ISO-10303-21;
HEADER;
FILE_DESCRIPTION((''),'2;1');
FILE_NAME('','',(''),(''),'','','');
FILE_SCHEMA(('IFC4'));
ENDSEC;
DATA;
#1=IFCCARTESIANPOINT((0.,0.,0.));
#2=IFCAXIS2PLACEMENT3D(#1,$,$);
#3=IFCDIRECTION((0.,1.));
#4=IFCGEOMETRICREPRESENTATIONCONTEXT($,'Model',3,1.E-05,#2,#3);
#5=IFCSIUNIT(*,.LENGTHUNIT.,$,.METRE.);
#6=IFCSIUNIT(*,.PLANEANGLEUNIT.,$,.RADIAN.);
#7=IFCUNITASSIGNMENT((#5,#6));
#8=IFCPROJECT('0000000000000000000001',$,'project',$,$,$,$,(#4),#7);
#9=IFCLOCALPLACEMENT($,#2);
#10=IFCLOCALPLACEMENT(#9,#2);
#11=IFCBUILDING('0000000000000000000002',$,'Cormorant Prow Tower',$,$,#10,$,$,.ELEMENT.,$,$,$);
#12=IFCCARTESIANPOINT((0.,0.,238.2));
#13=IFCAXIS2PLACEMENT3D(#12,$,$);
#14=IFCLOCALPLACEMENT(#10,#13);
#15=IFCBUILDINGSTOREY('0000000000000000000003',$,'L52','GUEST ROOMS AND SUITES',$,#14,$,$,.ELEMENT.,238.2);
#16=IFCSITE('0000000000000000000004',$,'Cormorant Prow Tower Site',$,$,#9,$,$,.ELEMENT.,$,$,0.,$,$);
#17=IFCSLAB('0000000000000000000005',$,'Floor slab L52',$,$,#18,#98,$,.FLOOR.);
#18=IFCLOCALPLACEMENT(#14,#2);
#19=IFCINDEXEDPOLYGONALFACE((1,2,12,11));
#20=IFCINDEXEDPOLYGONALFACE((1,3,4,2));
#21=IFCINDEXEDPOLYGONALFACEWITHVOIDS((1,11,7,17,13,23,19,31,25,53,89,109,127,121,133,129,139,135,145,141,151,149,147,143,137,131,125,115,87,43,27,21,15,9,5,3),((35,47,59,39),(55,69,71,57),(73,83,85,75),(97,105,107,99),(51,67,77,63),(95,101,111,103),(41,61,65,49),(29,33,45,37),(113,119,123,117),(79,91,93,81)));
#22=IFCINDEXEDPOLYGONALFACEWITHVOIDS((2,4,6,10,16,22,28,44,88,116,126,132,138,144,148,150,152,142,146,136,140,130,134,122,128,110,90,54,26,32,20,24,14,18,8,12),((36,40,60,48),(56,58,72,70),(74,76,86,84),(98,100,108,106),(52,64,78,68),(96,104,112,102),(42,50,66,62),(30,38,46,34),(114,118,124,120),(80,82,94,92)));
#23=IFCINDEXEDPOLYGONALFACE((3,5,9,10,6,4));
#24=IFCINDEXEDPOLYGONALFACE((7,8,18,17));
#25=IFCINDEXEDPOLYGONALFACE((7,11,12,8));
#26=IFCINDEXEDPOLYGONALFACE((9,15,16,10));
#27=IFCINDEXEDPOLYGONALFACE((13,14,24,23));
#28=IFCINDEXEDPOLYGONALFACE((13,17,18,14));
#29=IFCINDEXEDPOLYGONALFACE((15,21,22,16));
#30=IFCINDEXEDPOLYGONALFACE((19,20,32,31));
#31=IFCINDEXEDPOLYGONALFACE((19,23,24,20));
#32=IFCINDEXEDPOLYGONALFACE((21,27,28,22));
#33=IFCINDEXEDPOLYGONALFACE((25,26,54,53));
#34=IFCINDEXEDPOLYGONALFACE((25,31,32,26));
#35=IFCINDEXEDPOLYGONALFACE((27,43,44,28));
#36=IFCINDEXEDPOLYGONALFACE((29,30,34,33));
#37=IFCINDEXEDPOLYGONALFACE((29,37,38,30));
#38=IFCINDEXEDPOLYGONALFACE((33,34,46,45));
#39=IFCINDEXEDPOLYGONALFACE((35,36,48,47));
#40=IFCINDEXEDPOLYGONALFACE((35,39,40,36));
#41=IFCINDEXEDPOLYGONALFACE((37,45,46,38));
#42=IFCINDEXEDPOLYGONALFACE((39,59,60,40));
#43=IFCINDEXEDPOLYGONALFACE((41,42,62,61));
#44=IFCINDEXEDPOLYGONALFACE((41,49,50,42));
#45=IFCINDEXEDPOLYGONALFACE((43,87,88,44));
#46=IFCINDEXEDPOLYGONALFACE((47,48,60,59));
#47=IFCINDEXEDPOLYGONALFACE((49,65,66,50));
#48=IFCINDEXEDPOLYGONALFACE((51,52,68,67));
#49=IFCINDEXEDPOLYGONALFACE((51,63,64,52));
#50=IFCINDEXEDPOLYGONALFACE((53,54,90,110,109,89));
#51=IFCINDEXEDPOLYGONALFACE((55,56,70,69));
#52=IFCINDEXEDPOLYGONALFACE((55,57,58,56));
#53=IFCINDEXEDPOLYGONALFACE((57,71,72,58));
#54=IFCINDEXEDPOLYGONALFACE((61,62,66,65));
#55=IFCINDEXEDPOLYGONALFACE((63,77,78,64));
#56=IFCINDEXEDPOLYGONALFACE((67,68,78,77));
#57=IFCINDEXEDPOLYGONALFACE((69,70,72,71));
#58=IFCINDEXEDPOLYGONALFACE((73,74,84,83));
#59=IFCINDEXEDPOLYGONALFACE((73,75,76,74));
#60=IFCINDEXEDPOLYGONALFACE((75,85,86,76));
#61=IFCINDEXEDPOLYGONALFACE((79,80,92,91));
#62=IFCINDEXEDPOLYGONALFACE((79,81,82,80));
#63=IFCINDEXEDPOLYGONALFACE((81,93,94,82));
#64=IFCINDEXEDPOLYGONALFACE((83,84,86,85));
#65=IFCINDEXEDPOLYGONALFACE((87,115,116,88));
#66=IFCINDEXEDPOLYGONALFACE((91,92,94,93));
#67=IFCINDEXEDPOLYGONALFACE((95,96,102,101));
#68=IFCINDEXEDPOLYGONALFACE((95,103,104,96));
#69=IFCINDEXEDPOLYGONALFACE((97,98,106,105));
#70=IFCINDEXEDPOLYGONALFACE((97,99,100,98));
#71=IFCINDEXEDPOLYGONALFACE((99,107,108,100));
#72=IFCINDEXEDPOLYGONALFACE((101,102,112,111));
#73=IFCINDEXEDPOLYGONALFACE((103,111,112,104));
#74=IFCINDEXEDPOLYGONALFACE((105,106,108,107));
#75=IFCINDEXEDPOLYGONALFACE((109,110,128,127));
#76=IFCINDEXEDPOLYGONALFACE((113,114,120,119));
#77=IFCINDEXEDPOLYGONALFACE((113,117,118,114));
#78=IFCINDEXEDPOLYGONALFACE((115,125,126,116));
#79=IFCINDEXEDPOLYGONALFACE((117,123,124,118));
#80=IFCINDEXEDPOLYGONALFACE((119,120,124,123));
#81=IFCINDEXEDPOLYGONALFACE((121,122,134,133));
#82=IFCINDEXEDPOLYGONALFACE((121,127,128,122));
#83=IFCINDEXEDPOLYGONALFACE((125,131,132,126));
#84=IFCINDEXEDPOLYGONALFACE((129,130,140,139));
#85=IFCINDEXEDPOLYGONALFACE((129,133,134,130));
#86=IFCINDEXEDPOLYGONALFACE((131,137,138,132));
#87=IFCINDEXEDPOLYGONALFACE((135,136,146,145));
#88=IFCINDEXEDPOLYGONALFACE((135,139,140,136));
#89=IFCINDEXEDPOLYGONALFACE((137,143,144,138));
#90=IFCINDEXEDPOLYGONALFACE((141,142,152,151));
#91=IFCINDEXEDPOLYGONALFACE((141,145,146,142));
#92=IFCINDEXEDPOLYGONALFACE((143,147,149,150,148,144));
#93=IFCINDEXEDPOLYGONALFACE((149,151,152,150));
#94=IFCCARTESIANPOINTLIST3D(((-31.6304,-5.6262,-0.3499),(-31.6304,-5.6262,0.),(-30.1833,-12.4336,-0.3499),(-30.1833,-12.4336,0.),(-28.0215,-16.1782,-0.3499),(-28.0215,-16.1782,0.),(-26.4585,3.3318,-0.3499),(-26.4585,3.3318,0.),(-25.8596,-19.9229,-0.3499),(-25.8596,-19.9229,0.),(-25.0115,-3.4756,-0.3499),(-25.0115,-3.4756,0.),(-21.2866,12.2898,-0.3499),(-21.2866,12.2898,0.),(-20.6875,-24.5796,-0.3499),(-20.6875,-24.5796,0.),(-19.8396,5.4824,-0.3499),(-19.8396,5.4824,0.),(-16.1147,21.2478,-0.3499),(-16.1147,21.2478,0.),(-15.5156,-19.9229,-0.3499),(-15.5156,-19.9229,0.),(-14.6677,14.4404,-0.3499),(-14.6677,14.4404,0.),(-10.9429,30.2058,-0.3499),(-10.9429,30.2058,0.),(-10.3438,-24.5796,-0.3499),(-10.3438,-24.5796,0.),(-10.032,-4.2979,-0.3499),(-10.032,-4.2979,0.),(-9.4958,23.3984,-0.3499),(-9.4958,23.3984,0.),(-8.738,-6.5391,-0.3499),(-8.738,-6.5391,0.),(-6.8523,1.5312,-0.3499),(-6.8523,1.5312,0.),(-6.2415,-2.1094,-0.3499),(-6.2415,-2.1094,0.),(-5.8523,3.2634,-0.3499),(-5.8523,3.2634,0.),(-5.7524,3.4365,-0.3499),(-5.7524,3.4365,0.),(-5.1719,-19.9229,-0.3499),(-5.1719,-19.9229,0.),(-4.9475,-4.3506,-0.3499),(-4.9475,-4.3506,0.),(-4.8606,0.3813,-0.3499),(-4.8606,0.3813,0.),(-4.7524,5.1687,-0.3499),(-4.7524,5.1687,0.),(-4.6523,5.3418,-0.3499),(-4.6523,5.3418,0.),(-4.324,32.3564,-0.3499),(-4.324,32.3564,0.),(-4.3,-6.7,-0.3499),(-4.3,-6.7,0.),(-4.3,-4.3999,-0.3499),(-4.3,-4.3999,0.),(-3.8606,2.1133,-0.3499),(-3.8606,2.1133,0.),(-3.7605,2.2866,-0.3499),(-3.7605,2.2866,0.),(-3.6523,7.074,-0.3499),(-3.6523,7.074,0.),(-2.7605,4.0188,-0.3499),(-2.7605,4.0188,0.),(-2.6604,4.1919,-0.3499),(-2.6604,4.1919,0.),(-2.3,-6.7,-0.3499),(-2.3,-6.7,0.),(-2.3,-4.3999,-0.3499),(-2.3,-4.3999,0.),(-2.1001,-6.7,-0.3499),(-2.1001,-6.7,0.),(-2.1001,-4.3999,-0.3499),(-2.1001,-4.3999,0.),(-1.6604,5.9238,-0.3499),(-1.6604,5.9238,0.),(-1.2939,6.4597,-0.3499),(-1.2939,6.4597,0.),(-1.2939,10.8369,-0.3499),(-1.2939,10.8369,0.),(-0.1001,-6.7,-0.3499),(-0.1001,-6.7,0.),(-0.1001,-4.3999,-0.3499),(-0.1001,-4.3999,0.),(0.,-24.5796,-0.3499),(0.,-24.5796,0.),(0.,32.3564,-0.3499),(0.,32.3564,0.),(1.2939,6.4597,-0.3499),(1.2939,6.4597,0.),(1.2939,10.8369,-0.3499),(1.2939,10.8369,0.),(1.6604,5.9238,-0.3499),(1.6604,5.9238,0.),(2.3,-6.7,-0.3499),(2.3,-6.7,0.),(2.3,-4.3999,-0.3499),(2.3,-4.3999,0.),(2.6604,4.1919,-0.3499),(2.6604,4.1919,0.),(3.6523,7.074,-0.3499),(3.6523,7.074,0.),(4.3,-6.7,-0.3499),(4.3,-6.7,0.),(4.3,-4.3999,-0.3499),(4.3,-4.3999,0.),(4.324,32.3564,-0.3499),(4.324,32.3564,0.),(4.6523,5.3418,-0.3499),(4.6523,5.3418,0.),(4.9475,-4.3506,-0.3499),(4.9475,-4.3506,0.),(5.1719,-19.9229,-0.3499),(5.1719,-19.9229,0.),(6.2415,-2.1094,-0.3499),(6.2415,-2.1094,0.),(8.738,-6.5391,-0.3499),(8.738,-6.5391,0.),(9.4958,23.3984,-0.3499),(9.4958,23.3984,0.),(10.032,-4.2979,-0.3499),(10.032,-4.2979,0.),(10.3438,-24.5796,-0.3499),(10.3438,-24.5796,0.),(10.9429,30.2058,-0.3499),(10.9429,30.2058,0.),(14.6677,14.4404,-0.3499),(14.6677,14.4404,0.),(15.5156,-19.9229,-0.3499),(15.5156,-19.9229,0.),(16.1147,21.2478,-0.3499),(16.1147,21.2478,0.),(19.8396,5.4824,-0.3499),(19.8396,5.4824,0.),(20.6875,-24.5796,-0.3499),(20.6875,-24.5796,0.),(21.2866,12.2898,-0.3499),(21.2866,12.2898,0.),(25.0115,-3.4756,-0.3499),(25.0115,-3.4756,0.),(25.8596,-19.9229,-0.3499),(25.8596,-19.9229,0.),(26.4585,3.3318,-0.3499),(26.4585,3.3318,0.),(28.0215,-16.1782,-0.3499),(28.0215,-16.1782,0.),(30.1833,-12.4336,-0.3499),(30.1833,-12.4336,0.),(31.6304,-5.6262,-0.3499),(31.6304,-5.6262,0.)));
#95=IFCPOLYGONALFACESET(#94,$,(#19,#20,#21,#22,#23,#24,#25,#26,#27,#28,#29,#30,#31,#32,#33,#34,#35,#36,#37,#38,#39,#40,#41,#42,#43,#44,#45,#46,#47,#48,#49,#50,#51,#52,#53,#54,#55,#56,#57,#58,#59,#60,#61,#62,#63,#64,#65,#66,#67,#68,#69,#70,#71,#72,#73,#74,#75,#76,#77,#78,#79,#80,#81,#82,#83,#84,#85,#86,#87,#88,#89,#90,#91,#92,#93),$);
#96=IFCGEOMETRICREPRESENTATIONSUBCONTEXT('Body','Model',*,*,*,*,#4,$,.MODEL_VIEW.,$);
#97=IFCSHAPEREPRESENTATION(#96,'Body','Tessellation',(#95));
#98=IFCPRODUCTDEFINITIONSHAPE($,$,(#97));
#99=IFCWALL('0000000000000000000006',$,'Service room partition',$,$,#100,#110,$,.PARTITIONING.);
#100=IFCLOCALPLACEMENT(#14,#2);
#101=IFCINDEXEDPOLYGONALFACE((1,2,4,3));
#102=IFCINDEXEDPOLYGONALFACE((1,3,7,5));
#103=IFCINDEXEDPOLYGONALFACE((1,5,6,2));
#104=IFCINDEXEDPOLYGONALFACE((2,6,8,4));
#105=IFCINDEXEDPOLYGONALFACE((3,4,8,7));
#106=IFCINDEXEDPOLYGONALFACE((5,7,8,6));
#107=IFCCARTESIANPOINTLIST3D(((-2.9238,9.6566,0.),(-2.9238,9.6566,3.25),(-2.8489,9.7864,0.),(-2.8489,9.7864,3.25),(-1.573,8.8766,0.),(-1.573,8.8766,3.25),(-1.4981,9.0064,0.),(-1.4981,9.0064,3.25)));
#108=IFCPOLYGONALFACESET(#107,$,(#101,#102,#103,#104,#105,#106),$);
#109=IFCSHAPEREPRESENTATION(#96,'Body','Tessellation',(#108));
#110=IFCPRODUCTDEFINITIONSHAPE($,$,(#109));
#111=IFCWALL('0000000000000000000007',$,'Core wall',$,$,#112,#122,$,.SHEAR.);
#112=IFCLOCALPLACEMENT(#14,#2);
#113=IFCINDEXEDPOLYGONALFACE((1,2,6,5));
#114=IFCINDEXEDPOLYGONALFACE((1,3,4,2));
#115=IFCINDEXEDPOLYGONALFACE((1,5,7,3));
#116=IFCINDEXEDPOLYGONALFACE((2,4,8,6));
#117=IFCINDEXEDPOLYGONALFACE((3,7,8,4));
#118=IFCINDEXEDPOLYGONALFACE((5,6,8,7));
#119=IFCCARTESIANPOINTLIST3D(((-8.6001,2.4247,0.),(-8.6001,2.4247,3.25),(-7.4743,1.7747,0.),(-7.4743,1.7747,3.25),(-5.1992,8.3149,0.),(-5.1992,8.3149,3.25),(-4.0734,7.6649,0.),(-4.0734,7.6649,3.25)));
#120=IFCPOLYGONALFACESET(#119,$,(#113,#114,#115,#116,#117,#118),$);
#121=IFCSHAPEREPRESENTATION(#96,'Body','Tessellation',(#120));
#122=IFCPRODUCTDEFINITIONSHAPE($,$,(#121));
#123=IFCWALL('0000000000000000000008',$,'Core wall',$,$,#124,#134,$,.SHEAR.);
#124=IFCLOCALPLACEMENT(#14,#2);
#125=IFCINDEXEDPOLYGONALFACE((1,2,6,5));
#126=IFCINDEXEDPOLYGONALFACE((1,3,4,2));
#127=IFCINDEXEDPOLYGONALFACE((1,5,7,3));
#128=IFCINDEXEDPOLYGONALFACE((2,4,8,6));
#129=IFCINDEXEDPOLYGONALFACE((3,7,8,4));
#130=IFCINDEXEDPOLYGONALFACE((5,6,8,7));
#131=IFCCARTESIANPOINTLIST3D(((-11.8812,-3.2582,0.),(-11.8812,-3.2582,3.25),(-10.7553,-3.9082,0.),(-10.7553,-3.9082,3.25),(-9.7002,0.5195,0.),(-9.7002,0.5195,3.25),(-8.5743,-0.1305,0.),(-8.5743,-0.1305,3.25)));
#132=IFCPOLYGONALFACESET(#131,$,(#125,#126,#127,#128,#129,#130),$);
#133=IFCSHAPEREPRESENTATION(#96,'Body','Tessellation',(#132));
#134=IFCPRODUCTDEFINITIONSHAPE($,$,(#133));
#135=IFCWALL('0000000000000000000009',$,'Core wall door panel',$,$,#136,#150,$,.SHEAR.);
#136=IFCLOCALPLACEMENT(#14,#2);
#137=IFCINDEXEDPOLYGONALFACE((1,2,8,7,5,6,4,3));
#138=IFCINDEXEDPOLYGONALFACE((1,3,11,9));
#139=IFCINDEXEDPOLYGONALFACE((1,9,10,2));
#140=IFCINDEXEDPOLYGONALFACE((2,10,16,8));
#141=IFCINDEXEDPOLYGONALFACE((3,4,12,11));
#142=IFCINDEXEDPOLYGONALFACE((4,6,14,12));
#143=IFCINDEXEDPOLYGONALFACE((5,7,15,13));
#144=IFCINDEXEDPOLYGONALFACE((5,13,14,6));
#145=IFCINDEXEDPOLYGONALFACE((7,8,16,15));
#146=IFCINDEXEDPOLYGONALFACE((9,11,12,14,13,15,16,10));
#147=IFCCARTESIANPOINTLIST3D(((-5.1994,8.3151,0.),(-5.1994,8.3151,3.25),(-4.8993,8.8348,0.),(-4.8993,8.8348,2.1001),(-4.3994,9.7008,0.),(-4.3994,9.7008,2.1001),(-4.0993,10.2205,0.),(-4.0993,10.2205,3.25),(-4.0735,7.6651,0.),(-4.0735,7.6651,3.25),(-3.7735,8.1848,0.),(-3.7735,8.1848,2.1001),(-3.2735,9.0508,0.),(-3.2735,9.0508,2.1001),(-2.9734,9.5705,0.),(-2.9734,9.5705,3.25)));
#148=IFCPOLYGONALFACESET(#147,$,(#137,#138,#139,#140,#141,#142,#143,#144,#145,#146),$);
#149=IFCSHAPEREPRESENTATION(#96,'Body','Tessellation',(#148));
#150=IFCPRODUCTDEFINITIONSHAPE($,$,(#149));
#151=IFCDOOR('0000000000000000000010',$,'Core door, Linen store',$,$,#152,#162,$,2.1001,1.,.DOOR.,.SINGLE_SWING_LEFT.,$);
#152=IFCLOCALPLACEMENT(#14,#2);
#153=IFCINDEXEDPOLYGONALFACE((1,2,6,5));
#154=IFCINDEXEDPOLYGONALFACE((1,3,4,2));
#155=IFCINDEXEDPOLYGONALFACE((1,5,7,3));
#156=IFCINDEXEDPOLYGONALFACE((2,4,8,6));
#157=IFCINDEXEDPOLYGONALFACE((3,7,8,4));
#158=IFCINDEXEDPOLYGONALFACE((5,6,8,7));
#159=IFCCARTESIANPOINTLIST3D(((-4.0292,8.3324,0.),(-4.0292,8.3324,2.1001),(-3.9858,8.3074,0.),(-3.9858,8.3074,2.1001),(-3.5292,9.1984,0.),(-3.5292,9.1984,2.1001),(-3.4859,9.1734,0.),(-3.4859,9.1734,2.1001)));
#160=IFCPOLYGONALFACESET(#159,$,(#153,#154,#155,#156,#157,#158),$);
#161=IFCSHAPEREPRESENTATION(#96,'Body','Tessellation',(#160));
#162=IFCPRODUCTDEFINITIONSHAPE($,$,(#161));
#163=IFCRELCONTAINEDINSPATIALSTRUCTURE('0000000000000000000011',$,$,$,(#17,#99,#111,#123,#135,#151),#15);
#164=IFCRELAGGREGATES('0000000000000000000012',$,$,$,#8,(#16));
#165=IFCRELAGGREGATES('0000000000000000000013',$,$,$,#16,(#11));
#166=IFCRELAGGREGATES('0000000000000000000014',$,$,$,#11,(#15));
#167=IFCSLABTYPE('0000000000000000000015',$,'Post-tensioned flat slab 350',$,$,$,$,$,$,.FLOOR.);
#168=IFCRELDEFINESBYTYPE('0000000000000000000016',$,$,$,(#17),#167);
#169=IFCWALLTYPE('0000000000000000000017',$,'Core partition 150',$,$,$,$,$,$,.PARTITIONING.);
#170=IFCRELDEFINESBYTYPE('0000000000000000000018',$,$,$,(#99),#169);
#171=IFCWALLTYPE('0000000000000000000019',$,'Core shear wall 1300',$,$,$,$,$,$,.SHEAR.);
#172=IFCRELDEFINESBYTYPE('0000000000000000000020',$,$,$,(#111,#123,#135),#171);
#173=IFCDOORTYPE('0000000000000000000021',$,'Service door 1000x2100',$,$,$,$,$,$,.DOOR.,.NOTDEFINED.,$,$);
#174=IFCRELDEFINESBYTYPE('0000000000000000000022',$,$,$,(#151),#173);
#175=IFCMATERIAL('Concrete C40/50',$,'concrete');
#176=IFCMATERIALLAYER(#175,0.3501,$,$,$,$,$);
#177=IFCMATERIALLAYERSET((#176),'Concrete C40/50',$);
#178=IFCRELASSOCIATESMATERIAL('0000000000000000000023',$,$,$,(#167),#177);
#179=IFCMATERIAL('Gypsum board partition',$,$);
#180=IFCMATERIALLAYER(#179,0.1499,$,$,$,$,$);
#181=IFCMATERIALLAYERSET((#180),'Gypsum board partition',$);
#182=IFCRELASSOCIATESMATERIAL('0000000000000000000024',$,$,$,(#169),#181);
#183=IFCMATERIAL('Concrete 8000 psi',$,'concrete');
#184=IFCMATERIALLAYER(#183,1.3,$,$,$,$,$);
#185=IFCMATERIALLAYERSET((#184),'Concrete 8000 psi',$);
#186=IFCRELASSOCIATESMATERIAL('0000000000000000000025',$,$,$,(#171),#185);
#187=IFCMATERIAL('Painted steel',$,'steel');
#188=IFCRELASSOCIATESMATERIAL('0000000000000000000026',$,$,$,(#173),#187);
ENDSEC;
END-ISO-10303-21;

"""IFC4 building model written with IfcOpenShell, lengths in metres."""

from ifc_helpers import new_model, si_unit, direction, frame, frame_2d, origin, place, context, subcontext, project, spatial, polyline, rectangle, outline, extrude, material, layer, layer_set, type_object, element, fill, save


model = new_model("IFC4")

# Units and contexts
model_context = context("Model", 3, precision=1e-05, world=origin(), true_north=direction((0.0, 1.0)))
body_context = subcontext(model_context, "Body", "Model", "MODEL_VIEW")
ifc_project = project(units=[si_unit("LENGTHUNIT", "METRE"), si_unit("PLANEANGLEUNIT", "RADIAN")], contexts=[model_context])

# Site, building, storey
site_placement = place(None, origin())
site = spatial("IfcSite", under=ifc_project, at=site_placement, Name="Cormorant Prow Tower Site", CompositionType="ELEMENT", RefElevation=0.0)
building_placement = place(site_placement, origin())
building = spatial("IfcBuilding", under=site, at=building_placement, Name="Cormorant Prow Tower", CompositionType="ELEMENT")
storey_placement = place(building_placement, frame((0.0, 0.0, 238.2)))
storey = spatial("IfcBuildingStorey", under=building, at=storey_placement, Name="L52", Description="GUEST ROOMS AND SUITES", CompositionType="ELEMENT", Elevation=238.2)

# Slab
ifc_material_1 = material(Name="Concrete C40/50", Category="concrete")
ifc_layer_1 = layer(ifc_material_1, 0.3501)
ifc_layer_set_1 = layer_set([ifc_layer_1], Name="Concrete C40/50")
slab_type_1 = type_object("IfcSlabType", Name="Post-tensioned flat slab 350", PredefinedType="FLOOR", material=ifc_layer_set_1)
slab_1_placement = place(storey_placement, frame((0.0, 0.0, -0.3499)))
element("IfcSlab", 1, at=slab_1_placement, inside=storey, type_object=slab_type_1, Name="Floor slab L52", PredefinedType="FLOOR", context=body_context, shape_type="SweptSolid", body=[
    extrude(outline(polyline([(-9.4958, 23.3984), (-16.1147, 21.2478), (-14.6677, 14.4404), (-21.2866, 12.2898), (-19.8396, 5.4824), (-26.4585, 3.3318), (-25.0115, -3.4756), (-31.6304, -5.6262), (-30.1833, -12.4336), (-28.0215, -16.1782), (-25.8596, -19.9229), (-20.6875, -24.5796), (-15.5156, -19.9229), (-10.3438, -24.5796), (-5.1719, -19.9229), (0.0, -24.5796), (5.1719, -19.9229), (10.3438, -24.5796), (15.5156, -19.9229), (20.6875, -24.5796), (25.8596, -19.9229), (28.0215, -16.1782), (30.1833, -12.4336), (31.6304, -5.6262), (25.0115, -3.4756), (26.4585, 3.3318), (19.8396, 5.4824), (21.2866, 12.2898), (14.6677, 14.4404), (16.1147, 21.2478), (9.4958, 23.3984), (10.9429, 30.2058), (4.324, 32.3564), (0.0, 32.3564), (-4.324, 32.3564), (-10.9429, 30.2058), (-9.4958, 23.3984)]), holes=[polyline([(-4.3, -4.3999), (-2.3, -4.3999), (-2.3, -6.7), (-4.3, -6.7), (-4.3, -4.3999)]), polyline([(-0.1001, -4.3999), (-0.1001, -6.7), (-2.1001, -6.7), (-2.1001, -4.3999), (-0.1001, -4.3999)]), polyline([(4.3, -6.7), (2.3, -6.7), (2.3, -4.3999), (4.3, -4.3999), (4.3, -6.7)]), polyline([(4.6523, 5.3418), (2.6604, 4.1919), (1.6604, 5.9238), (3.6523, 7.074), (4.6523, 5.3418)]), polyline([(-1.6604, 5.9238), (-2.6604, 4.1919), (-4.6523, 5.3418), (-3.6523, 7.074), (-1.6604, 5.9238)]), polyline([(-3.7605, 2.2866), (-5.7524, 3.4365), (-4.7524, 5.1687), (-2.7605, 4.0188), (-3.7605, 2.2866)]), polyline([(-6.8523, 1.5312), (-5.8523, 3.2634), (-3.8606, 2.1133), (-4.8606, 0.3813), (-6.8523, 1.5312)]), polyline([(-4.9475, -4.3506), (-8.738, -6.5391), (-10.032, -4.2979), (-6.2415, -2.1094), (-4.9475, -4.3506)]), polyline([(10.032, -4.2979), (8.738, -6.5391), (4.9475, -4.3506), (6.2415, -2.1094), (10.032, -4.2979)]), polyline([(1.2939, 10.8369), (1.2939, 6.4597), (-1.2939, 6.4597), (-1.2939, 10.8369), (1.2939, 10.8369)])]), origin(), (0.0, 0.0, 1.0), 0.3499),
])

# Walls
ifc_material_2 = material(Name="Gypsum board partition")
ifc_layer_2 = layer(ifc_material_2, 0.1499)
ifc_layer_set_2 = layer_set([ifc_layer_2], Name="Gypsum board partition")
wall_type_1 = type_object("IfcWallType", Name="Core partition 150", PredefinedType="PARTITIONING", material=ifc_layer_set_2)
wall_1_placement = place(storey_placement, frame((-2.8862, 9.7214, 0.0), z_axis=(0.0, 0.0, 1.0), x_axis=(0.86599, -0.500061, 0.0)))
element("IfcWall", 2, at=wall_1_placement, inside=storey, type_object=wall_type_1, Name="Service room partition", PredefinedType="PARTITIONING", context=body_context, shape_type="SweptSolid", body=[
    extrude(rectangle(XDim=1.5598, YDim=0.1499, at=frame_2d((0.7798, 0.0))), origin(), (0.0, 0.0, 1.0), 3.25),
])
ifc_material_3 = material(Name="Concrete 8000 psi", Category="concrete")
ifc_layer_3 = layer(ifc_material_3, 1.3)
ifc_layer_set_3 = layer_set([ifc_layer_3], Name="Concrete 8000 psi")
wall_type_2 = type_object("IfcWallType", Name="Core shear wall 1300", PredefinedType="SHEAR", material=ifc_layer_set_3)
wall_2_placement = place(storey_placement, frame((-4.6362, 7.99, 0.0), z_axis=(0.0, 0.0, 1.0), x_axis=(-0.500023, -0.866012, 0.0)))
element("IfcWall", 3, at=wall_2_placement, inside=storey, type_object=wall_type_2, Name="Core wall", PredefinedType="SHEAR", context=body_context, shape_type="SweptSolid", body=[
    extrude(rectangle(XDim=6.8015, YDim=1.3, at=frame_2d((3.4009, 0.0))), origin(), (0.0, 0.0, 1.0), 3.25),
])
wall_3_placement = place(storey_placement, frame((-9.1372, 0.1946, 0.0), z_axis=(0.0, 0.0, 1.0), x_axis=(-0.499986, -0.866034, 0.0)))
element("IfcWall", 4, at=wall_3_placement, inside=storey, type_object=wall_type_2, Name="Core wall", PredefinedType="SHEAR", context=body_context, shape_type="SweptSolid", body=[
    extrude(rectangle(XDim=4.3621, YDim=1.3, at=frame_2d((2.1812, 0.0))), origin(), (0.0, 0.0, 1.0), 3.25),
])

# Wall, opening, door
wall_4_placement = place(storey_placement, frame((-3.5364, 9.8955, 0.0), z_axis=(0.0, 0.0, 1.0), x_axis=(-0.499982, -0.866036, 0.0)))
wall_4 = element("IfcWall", 5, at=wall_4_placement, inside=storey, type_object=wall_type_2, Name="Core wall door panel", PredefinedType="SHEAR", context=body_context, shape_type="SweptSolid", body=[
    extrude(rectangle(XDim=2.2002, YDim=1.3, at=frame_2d((1.1001, 0.0))), origin(), (0.0, 0.0, 1.0), 3.25),
])
opening_1_placement = place(wall_4_placement, frame((0.6001, 0.0, 0.0)))
opening_1 = element("IfcOpeningElement", 6, at=opening_1_placement, cuts=wall_4, PredefinedType="OPENING", context=body_context, shape_type="SweptSolid", body=[
    extrude(rectangle(XDim=1.0, YDim=2.1001, at=frame_2d((0.5, 1.05))), frame((0.0, 0.6599, 0.0), z_axis=(0.0, -1.0, 0.0), x_axis=(1.0, 0.0, 0.0)), (0.0, 0.0, 1.0), 1.3201),
])
ifc_material_4 = material(Name="Painted steel", Category="steel")
door_type_1 = type_object("IfcDoorType", Name="Service door 1000x2100", OperationType="NOTDEFINED", PredefinedType="DOOR", material=ifc_material_4)
door_1_placement = place(opening_1_placement, origin())
door_1 = element("IfcDoor", 7, at=door_1_placement, inside=storey, type_object=door_type_1, Name="Core door, Linen store", OperationType="SINGLE_SWING_LEFT", OverallHeight=2.1001, OverallWidth=1.0, PredefinedType="DOOR", context=body_context, shape_type="SweptSolid", body=[
    extrude(rectangle(XDim=1.0, YDim=2.1001, at=frame_2d((0.5, 1.05))), frame((0.0, 0.4048, 0.0), z_axis=(0.0, -1.0, 0.0), x_axis=(1.0, 0.0, 0.0)), (0.0, 0.0, 1.0), 0.05),
])
fill(opening_1, door_1)

save(model, "model.ifc")
